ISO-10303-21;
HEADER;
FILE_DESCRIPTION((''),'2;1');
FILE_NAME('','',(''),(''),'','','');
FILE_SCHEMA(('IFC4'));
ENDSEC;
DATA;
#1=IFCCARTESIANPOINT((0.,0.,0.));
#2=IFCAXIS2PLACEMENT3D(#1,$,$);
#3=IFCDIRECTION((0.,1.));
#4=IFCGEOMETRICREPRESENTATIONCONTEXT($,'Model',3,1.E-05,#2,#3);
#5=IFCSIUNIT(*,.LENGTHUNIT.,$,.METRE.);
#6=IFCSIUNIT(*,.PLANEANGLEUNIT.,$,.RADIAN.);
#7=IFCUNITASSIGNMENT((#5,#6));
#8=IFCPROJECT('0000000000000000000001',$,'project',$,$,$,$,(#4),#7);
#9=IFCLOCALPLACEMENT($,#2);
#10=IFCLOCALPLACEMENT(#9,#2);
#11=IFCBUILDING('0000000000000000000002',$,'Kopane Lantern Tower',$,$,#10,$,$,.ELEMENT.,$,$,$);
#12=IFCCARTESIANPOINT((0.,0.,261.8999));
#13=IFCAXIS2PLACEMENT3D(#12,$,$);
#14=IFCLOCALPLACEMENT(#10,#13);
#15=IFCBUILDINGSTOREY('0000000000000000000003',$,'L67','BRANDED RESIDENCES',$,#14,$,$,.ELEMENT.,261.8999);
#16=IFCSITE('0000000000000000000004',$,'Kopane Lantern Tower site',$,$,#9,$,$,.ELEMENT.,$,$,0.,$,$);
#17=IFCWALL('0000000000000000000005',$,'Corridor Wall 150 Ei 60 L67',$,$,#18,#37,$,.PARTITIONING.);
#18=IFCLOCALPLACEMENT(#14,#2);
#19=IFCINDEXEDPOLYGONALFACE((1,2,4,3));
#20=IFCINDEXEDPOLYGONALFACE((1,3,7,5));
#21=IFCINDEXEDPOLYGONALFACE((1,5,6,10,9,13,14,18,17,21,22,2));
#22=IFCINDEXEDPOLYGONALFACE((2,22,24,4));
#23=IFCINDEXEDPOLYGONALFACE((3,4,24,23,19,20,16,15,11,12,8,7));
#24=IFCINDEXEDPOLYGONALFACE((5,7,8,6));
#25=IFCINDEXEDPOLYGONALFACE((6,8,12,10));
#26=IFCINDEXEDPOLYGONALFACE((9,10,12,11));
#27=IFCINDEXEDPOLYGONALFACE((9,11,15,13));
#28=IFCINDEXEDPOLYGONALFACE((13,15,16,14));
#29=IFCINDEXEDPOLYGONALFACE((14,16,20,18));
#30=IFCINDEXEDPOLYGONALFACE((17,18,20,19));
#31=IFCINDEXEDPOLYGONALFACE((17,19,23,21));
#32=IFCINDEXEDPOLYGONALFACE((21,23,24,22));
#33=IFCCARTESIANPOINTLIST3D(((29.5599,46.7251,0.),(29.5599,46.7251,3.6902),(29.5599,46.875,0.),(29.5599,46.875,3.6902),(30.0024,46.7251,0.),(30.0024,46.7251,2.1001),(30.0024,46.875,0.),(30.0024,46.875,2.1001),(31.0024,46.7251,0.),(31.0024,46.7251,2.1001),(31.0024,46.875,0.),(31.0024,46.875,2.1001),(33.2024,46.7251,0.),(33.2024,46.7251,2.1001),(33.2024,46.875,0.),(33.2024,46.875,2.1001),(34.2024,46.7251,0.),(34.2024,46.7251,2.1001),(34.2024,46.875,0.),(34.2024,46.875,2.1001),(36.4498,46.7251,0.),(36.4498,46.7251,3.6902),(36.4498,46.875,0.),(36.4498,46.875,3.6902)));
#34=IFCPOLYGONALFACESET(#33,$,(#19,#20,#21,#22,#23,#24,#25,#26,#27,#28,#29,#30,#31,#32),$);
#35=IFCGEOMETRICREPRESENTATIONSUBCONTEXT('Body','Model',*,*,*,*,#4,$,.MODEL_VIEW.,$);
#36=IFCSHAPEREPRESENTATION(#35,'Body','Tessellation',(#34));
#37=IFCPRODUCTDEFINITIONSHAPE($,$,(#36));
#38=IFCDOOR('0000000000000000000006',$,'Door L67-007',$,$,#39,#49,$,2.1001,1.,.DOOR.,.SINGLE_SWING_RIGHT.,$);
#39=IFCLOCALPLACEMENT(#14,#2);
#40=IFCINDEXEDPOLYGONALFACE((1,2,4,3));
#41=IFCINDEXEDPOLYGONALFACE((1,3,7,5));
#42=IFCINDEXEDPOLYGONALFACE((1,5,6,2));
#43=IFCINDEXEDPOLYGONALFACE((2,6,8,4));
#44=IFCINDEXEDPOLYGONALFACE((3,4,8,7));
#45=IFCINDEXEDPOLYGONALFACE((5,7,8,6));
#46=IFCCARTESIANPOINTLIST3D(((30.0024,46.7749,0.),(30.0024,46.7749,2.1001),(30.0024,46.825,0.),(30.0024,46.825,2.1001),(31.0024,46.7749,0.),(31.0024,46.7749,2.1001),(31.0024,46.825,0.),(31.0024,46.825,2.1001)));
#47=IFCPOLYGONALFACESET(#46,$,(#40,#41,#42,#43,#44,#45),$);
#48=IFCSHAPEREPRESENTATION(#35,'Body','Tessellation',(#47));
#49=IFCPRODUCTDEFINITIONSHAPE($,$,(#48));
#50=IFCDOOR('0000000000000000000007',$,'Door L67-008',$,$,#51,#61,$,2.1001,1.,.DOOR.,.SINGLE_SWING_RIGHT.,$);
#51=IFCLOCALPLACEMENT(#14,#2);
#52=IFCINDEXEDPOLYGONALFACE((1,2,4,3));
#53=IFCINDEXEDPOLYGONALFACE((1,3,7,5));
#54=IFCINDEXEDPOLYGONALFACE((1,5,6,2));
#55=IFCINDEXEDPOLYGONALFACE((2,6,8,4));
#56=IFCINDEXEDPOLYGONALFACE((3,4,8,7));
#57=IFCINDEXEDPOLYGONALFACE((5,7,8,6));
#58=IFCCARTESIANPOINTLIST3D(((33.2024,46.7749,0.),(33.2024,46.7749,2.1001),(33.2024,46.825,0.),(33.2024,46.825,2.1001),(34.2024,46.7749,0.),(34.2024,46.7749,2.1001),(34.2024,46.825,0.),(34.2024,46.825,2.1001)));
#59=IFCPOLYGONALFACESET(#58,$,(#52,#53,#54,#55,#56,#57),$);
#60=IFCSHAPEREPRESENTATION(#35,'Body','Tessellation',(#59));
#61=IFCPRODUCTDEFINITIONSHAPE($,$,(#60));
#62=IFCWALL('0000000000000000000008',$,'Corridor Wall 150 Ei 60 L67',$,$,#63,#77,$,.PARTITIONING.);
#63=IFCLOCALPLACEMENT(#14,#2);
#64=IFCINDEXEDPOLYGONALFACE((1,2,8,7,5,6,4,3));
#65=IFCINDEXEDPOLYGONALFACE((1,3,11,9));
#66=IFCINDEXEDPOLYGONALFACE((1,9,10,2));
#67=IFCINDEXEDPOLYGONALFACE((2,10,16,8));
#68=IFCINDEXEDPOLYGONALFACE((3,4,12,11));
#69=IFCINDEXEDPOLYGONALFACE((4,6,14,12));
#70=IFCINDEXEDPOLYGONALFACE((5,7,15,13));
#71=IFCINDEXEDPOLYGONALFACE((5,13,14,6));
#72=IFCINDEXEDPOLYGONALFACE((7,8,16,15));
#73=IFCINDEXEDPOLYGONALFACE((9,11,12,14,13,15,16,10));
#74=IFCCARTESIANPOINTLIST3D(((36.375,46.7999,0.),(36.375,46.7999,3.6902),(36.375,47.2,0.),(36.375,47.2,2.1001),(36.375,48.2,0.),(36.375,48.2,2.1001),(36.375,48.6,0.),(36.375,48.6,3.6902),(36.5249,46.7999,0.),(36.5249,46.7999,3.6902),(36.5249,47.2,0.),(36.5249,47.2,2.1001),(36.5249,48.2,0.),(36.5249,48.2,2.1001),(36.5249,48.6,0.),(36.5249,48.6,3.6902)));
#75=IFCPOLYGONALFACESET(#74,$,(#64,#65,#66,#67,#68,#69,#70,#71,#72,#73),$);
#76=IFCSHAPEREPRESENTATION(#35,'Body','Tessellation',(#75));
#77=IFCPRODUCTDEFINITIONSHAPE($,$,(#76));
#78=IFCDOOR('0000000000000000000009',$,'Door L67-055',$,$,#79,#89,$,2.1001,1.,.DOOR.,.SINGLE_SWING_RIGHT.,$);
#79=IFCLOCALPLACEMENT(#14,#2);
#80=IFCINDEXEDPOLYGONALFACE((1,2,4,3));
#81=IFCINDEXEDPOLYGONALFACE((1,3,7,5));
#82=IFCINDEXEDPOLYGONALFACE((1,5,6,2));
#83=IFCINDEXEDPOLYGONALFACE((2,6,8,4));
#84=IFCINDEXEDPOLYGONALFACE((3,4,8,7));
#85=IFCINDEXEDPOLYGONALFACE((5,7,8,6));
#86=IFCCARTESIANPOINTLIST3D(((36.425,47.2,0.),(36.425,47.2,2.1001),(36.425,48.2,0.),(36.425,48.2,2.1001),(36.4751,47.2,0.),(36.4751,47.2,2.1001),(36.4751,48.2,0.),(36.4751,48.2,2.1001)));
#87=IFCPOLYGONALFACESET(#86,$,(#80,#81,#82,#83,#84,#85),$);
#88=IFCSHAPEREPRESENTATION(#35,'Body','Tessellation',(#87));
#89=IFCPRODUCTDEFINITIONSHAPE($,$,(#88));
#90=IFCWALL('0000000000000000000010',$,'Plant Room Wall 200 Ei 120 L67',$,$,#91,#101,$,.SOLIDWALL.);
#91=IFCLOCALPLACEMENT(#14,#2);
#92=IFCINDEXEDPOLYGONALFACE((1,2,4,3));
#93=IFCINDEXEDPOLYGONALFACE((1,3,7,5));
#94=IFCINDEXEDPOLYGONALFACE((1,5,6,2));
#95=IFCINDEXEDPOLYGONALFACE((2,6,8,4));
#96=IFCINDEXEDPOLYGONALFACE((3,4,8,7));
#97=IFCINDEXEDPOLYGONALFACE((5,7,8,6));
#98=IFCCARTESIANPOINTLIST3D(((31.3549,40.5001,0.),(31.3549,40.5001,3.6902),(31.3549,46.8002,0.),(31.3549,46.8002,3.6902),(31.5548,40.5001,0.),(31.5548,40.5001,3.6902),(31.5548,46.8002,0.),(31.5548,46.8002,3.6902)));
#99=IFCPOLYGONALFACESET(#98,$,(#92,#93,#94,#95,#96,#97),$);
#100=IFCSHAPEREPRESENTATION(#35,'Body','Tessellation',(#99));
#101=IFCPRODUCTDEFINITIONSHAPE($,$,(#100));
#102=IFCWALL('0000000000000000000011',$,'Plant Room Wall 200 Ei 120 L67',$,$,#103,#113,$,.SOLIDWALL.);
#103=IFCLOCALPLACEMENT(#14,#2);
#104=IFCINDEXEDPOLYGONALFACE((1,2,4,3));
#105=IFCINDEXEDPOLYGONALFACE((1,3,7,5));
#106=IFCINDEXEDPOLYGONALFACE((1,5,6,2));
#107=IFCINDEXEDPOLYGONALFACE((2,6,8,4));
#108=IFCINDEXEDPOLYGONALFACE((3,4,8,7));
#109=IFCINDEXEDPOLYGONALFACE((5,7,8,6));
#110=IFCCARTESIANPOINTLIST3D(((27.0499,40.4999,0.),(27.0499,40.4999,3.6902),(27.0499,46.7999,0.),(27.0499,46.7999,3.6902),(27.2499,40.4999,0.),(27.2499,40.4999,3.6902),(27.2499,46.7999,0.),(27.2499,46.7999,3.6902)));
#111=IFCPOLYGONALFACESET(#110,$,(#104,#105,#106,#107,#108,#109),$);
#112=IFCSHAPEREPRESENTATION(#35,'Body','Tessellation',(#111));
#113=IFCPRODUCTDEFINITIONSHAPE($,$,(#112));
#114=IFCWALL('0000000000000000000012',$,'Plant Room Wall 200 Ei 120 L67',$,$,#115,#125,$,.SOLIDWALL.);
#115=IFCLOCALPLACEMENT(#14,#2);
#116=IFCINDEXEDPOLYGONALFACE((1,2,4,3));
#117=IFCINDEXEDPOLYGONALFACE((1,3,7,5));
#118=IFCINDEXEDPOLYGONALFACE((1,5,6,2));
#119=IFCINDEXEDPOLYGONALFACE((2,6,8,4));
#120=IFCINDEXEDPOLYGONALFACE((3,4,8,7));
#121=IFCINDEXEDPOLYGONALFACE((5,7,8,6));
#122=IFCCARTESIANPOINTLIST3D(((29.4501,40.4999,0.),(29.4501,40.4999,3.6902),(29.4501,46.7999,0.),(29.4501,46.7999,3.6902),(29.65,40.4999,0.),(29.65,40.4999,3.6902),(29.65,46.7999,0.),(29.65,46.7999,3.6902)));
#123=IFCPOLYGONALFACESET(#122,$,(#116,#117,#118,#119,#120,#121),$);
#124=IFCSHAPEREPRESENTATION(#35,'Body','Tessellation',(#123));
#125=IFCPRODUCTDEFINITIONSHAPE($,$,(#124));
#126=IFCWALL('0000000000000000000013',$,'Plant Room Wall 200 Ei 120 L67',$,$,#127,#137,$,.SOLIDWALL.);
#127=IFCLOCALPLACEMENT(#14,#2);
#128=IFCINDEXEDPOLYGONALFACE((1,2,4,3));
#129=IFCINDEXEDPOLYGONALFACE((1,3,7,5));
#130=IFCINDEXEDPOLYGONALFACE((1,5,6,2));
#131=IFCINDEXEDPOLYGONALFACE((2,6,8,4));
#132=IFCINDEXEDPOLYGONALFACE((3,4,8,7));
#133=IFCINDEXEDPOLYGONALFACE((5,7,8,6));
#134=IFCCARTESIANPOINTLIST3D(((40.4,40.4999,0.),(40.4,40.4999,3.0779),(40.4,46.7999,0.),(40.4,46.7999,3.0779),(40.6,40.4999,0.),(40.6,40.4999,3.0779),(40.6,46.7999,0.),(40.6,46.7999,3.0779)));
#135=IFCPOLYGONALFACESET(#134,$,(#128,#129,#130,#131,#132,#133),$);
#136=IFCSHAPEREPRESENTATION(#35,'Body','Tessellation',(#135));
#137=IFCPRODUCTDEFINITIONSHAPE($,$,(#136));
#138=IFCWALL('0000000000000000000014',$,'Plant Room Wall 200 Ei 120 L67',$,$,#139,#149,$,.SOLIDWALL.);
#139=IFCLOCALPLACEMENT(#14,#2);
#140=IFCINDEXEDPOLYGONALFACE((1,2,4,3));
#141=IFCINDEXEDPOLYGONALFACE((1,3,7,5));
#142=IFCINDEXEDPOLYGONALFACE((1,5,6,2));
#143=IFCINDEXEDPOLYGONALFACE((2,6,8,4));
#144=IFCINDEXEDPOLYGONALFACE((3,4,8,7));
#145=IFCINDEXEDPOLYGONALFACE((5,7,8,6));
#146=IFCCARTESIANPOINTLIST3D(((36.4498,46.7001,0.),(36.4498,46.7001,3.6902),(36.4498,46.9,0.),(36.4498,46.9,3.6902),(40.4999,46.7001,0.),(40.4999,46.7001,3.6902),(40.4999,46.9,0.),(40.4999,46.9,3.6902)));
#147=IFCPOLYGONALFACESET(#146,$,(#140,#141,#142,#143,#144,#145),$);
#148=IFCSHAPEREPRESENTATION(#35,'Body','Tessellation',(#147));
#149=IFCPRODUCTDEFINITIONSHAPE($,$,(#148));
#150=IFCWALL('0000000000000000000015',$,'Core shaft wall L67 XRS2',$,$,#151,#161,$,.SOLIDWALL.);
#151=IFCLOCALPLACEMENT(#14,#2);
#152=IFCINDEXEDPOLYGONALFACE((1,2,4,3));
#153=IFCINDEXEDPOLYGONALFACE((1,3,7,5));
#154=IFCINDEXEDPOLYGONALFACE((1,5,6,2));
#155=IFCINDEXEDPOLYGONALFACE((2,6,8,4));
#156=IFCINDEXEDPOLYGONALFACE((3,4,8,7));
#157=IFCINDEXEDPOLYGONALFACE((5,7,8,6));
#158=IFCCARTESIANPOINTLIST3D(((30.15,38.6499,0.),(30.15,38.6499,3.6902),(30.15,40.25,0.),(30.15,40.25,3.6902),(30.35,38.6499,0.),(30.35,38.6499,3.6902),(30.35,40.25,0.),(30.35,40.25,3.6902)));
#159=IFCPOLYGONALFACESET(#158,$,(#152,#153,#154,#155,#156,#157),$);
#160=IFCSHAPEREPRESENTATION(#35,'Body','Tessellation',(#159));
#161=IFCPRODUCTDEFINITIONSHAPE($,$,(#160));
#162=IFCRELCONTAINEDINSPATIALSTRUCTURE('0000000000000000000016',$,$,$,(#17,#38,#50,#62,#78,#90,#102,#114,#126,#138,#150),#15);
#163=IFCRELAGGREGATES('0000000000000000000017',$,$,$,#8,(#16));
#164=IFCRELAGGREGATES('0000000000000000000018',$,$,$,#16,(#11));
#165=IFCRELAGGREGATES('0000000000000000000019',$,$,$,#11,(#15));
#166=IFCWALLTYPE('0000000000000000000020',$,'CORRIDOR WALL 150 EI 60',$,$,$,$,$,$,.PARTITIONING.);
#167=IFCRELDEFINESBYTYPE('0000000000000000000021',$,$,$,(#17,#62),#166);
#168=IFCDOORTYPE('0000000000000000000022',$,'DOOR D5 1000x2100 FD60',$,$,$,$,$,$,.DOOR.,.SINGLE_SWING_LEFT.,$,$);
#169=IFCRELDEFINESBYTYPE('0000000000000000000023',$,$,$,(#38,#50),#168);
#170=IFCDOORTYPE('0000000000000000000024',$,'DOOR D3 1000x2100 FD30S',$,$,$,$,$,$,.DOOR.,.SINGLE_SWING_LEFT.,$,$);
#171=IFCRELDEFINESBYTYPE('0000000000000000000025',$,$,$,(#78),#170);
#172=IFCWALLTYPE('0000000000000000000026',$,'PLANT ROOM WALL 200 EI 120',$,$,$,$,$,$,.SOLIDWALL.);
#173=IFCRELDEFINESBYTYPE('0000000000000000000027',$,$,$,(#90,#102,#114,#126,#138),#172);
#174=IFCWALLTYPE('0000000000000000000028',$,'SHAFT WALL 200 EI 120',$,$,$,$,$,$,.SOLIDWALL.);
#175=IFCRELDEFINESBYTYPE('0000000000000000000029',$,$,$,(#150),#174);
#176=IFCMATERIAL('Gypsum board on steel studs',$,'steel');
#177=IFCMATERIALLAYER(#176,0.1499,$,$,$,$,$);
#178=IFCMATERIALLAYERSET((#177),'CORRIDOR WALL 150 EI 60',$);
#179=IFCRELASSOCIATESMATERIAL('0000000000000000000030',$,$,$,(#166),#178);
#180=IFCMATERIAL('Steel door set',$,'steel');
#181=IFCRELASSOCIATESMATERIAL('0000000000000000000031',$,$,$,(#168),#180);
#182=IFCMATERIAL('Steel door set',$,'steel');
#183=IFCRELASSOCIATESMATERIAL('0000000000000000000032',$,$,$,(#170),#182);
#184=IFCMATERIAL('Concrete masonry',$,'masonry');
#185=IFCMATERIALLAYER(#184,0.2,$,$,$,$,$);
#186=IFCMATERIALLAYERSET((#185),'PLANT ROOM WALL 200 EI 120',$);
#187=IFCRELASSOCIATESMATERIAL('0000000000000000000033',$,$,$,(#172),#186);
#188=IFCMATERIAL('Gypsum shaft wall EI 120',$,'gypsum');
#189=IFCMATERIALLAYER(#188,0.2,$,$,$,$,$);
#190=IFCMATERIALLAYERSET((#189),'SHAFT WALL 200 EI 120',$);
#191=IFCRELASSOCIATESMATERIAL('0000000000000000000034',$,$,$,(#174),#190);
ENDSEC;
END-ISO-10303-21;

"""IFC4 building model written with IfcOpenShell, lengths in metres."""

from ifc_helpers import new_model, si_unit, direction, frame, frame_2d, origin, place, context, subcontext, project, spatial, rectangle, extrude, material, layer, layer_set, type_object, element, fill, save


model = new_model("IFC4")

# Units and contexts
model_context = context("Model", 3, precision=1e-05, world=origin(), true_north=direction((0.0, 1.0)))
body_context = subcontext(model_context, "Body", "Model", "MODEL_VIEW")
ifc_project = project(units=[si_unit("LENGTHUNIT", "METRE"), si_unit("PLANEANGLEUNIT", "RADIAN")], contexts=[model_context])

# Site, building, storey
site_placement = place(None, origin())
site = spatial("IfcSite", under=ifc_project, at=site_placement, Name="Kopane Lantern Tower site", CompositionType="ELEMENT", RefElevation=0.0)
building_placement = place(site_placement, origin())
building = spatial("IfcBuilding", under=site, at=building_placement, Name="Kopane Lantern Tower", CompositionType="ELEMENT")
storey_placement = place(building_placement, frame((0.0, 0.0, 261.8999)))
storey = spatial("IfcBuildingStorey", under=building, at=storey_placement, Name="L67", Description="BRANDED RESIDENCES", CompositionType="ELEMENT", Elevation=261.8999)

# Wall, openings, doors
ifc_material_1 = material(Name="Gypsum board on steel studs", Category="steel")
ifc_layer_1 = layer(ifc_material_1, 0.1499)
ifc_layer_set_1 = layer_set([ifc_layer_1], Name="CORRIDOR WALL 150 EI 60")
wall_type_1 = type_object("IfcWallType", Name="CORRIDOR WALL 150 EI 60", PredefinedType="PARTITIONING", material=ifc_layer_set_1)
wall_1_placement = place(storey_placement, frame((29.5601, 46.8, 0.0), z_axis=(0.0, 0.0, 1.0), x_axis=(1.0, 0.0, 0.0)))
wall_1 = element("IfcWall", 1, at=wall_1_placement, inside=storey, type_object=wall_type_1, Name="Corridor Wall 150 Ei 60 L67", PredefinedType="PARTITIONING", context=body_context, shape_type="SweptSolid", body=[
    extrude(rectangle(XDim=6.8899, YDim=0.1499, at=frame_2d((3.4448, 0.0))), origin(), (0.0, 0.0, 1.0), 3.6902),
])
opening_1_placement = place(wall_1_placement, frame((0.4424, 0.0, 0.0)))
opening_1 = element("IfcOpeningElement", 2, at=opening_1_placement, cuts=wall_1, PredefinedType="OPENING", context=body_context, shape_type="SweptSolid", body=[
    extrude(rectangle(XDim=1.0, YDim=2.1001, at=frame_2d((0.5, 1.05))), frame((0.0, 0.085, 0.0), z_axis=(0.0, -1.0, 0.0), x_axis=(1.0, 0.0, 0.0)), (0.0, 0.0, 1.0), 0.1699),
])
opening_2_placement = place(wall_1_placement, frame((3.6423, 0.0, 0.0)))
opening_2 = element("IfcOpeningElement", 3, at=opening_2_placement, cuts=wall_1, PredefinedType="OPENING", context=body_context, shape_type="SweptSolid", body=[
    extrude(rectangle(XDim=1.0, YDim=2.1001, at=frame_2d((0.5, 1.05))), frame((0.0, 0.085, 0.0), z_axis=(0.0, -1.0, 0.0), x_axis=(1.0, 0.0, 0.0)), (0.0, 0.0, 1.0), 0.1699),
])
ifc_material_2 = material(Name="Steel door set", Category="steel")
door_type_1 = type_object("IfcDoorType", Name="DOOR D5 1000x2100 FD60", OperationType="SINGLE_SWING_LEFT", PredefinedType="DOOR", material=ifc_material_2)
door_1_placement = place(opening_1_placement, origin())
door_1 = element("IfcDoor", 4, at=door_1_placement, inside=storey, type_object=door_type_1, Name="Door L67-007", OperationType="SINGLE_SWING_RIGHT", OverallHeight=2.1001, OverallWidth=1.0, PredefinedType="DOOR", context=body_context, shape_type="SweptSolid", body=[
    extrude(rectangle(XDim=1.0, YDim=2.1001, at=frame_2d((0.5, 1.05))), frame((0.0, 0.0249, 0.0), z_axis=(0.0, -1.0, 0.0), x_axis=(1.0, 0.0, 0.0)), (0.0, 0.0, 1.0), 0.05),
])
fill(opening_1, door_1)
door_2_placement = place(opening_2_placement, origin())
door_2 = element("IfcDoor", 5, at=door_2_placement, inside=storey, type_object=door_type_1, Name="Door L67-008", OperationType="SINGLE_SWING_RIGHT", OverallHeight=2.1001, OverallWidth=1.0, PredefinedType="DOOR", context=body_context, shape_type="SweptSolid", body=[
    extrude(rectangle(XDim=1.0, YDim=2.1001, at=frame_2d((0.5, 1.05))), frame((0.0, 0.0249, 0.0), z_axis=(0.0, -1.0, 0.0), x_axis=(1.0, 0.0, 0.0)), (0.0, 0.0, 1.0), 0.05),
])
fill(opening_2, door_2)

# Wall, opening, door
wall_2_placement = place(storey_placement, frame((36.45, 46.8, 0.0), z_axis=(0.0, 0.0, 1.0), x_axis=(0.0, 1.0, 0.0)))
wall_2 = element("IfcWall", 6, at=wall_2_placement, inside=storey, type_object=wall_type_1, Name="Corridor Wall 150 Ei 60 L67", PredefinedType="PARTITIONING", context=body_context, shape_type="SweptSolid", body=[
    extrude(rectangle(XDim=1.8, YDim=0.1499, at=frame_2d((0.8999, 0.0))), origin(), (0.0, 0.0, 1.0), 3.6902),
])
opening_3_placement = place(wall_2_placement, frame((0.3999, 0.0, 0.0)))
opening_3 = element("IfcOpeningElement", 7, at=opening_3_placement, cuts=wall_2, PredefinedType="OPENING", context=body_context, shape_type="SweptSolid", body=[
    extrude(rectangle(XDim=1.0, YDim=2.1001, at=frame_2d((0.5, 1.05))), frame((0.0, 0.085, 0.0), z_axis=(0.0, -1.0, 0.0), x_axis=(1.0, 0.0, 0.0)), (0.0, 0.0, 1.0), 0.1699),
])
ifc_material_3 = material(Name="Steel door set", Category="steel")
door_type_2 = type_object("IfcDoorType", Name="DOOR D3 1000x2100 FD30S", OperationType="SINGLE_SWING_LEFT", PredefinedType="DOOR", material=ifc_material_3)
door_3_placement = place(opening_3_placement, origin())
door_3 = element("IfcDoor", 8, at=door_3_placement, inside=storey, type_object=door_type_2, Name="Door L67-055", OperationType="SINGLE_SWING_RIGHT", OverallHeight=2.1001, OverallWidth=1.0, PredefinedType="DOOR", context=body_context, shape_type="SweptSolid", body=[
    extrude(rectangle(XDim=1.0, YDim=2.1001, at=frame_2d((0.5, 1.05))), frame((0.0, 0.0249, 0.0), z_axis=(0.0, -1.0, 0.0), x_axis=(1.0, 0.0, 0.0)), (0.0, 0.0, 1.0), 0.05),
])
fill(opening_3, door_3)

# Walls
ifc_material_4 = material(Name="Concrete masonry", Category="masonry")
ifc_layer_2 = layer(ifc_material_4, 0.2)
ifc_layer_set_2 = layer_set([ifc_layer_2], Name="PLANT ROOM WALL 200 EI 120")
wall_type_2 = type_object("IfcWallType", Name="PLANT ROOM WALL 200 EI 120", PredefinedType="SOLIDWALL", material=ifc_layer_set_2)
for number, where, z_axis, x_axis, name in (
    (9, (31.4548, 46.8, 0.0), (0.0, 0.0, 1.0), (0.0, -1.0, 0.0), "Plant Room Wall 200 Ei 120 L67"),
    (10, (27.1499, 40.5, 0.0), (0.0, 0.0, 1.0), (0.0, 1.0, 0.0), "Plant Room Wall 200 Ei 120 L67"),
    (11, (29.55, 40.5, 0.0), (0.0, 0.0, 1.0), (0.0, 1.0, 0.0), "Plant Room Wall 200 Ei 120 L67"),
):
    element("IfcWall", number, at=place(storey_placement, frame(where, z_axis=z_axis, x_axis=x_axis)), inside=storey, type_object=wall_type_2, Name=name, PredefinedType="SOLIDWALL", context=body_context, shape_type="SweptSolid", body=[
        extrude(rectangle(XDim=6.3, YDim=0.2, at=frame_2d((3.1499, 0.0))), origin(), (0.0, 0.0, 1.0), 3.6902),
    ])
wall_3_placement = place(storey_placement, frame((40.5, 40.5, 0.0), z_axis=(0.0, 0.0, 1.0), x_axis=(0.0, 1.0, 0.0)))
element("IfcWall", 12, at=wall_3_placement, inside=storey, type_object=wall_type_2, Name="Plant Room Wall 200 Ei 120 L67", PredefinedType="SOLIDWALL", context=body_context, shape_type="SweptSolid", body=[
    extrude(rectangle(XDim=6.3, YDim=0.2, at=frame_2d((3.1499, 0.0))), origin(), (0.0, 0.0, 1.0), 3.0779),
])
wall_4_placement = place(storey_placement, frame((36.45, 46.8, 0.0), z_axis=(0.0, 0.0, 1.0), x_axis=(1.0, 0.0, 0.0)))
element("IfcWall", 13, at=wall_4_placement, inside=storey, type_object=wall_type_2, Name="Plant Room Wall 200 Ei 120 L67", PredefinedType="SOLIDWALL", context=body_context, shape_type="SweptSolid", body=[
    extrude(rectangle(XDim=4.05, YDim=0.2, at=frame_2d((2.0249, 0.0))), origin(), (0.0, 0.0, 1.0), 3.6902),
])
ifc_material_5 = material(Name="Gypsum shaft wall EI 120", Category="gypsum")
ifc_layer_3 = layer(ifc_material_5, 0.2)
ifc_layer_set_3 = layer_set([ifc_layer_3], Name="SHAFT WALL 200 EI 120")
wall_type_3 = type_object("IfcWallType", Name="SHAFT WALL 200 EI 120", PredefinedType="SOLIDWALL", material=ifc_layer_set_3)
wall_5_placement = place(storey_placement, frame((30.25, 38.6499, 0.0), z_axis=(0.0, 0.0, 1.0), x_axis=(0.0, 1.0, 0.0)))
element("IfcWall", 14, at=wall_5_placement, inside=storey, type_object=wall_type_3, Name="Core shaft wall L67 XRS2", PredefinedType="SOLIDWALL", context=body_context, shape_type="SweptSolid", body=[
    extrude(rectangle(XDim=1.6001, YDim=0.2, at=frame_2d((0.8, 0.0))), origin(), (0.0, 0.0, 1.0), 3.6902),
])

save(model, "model.ifc")
